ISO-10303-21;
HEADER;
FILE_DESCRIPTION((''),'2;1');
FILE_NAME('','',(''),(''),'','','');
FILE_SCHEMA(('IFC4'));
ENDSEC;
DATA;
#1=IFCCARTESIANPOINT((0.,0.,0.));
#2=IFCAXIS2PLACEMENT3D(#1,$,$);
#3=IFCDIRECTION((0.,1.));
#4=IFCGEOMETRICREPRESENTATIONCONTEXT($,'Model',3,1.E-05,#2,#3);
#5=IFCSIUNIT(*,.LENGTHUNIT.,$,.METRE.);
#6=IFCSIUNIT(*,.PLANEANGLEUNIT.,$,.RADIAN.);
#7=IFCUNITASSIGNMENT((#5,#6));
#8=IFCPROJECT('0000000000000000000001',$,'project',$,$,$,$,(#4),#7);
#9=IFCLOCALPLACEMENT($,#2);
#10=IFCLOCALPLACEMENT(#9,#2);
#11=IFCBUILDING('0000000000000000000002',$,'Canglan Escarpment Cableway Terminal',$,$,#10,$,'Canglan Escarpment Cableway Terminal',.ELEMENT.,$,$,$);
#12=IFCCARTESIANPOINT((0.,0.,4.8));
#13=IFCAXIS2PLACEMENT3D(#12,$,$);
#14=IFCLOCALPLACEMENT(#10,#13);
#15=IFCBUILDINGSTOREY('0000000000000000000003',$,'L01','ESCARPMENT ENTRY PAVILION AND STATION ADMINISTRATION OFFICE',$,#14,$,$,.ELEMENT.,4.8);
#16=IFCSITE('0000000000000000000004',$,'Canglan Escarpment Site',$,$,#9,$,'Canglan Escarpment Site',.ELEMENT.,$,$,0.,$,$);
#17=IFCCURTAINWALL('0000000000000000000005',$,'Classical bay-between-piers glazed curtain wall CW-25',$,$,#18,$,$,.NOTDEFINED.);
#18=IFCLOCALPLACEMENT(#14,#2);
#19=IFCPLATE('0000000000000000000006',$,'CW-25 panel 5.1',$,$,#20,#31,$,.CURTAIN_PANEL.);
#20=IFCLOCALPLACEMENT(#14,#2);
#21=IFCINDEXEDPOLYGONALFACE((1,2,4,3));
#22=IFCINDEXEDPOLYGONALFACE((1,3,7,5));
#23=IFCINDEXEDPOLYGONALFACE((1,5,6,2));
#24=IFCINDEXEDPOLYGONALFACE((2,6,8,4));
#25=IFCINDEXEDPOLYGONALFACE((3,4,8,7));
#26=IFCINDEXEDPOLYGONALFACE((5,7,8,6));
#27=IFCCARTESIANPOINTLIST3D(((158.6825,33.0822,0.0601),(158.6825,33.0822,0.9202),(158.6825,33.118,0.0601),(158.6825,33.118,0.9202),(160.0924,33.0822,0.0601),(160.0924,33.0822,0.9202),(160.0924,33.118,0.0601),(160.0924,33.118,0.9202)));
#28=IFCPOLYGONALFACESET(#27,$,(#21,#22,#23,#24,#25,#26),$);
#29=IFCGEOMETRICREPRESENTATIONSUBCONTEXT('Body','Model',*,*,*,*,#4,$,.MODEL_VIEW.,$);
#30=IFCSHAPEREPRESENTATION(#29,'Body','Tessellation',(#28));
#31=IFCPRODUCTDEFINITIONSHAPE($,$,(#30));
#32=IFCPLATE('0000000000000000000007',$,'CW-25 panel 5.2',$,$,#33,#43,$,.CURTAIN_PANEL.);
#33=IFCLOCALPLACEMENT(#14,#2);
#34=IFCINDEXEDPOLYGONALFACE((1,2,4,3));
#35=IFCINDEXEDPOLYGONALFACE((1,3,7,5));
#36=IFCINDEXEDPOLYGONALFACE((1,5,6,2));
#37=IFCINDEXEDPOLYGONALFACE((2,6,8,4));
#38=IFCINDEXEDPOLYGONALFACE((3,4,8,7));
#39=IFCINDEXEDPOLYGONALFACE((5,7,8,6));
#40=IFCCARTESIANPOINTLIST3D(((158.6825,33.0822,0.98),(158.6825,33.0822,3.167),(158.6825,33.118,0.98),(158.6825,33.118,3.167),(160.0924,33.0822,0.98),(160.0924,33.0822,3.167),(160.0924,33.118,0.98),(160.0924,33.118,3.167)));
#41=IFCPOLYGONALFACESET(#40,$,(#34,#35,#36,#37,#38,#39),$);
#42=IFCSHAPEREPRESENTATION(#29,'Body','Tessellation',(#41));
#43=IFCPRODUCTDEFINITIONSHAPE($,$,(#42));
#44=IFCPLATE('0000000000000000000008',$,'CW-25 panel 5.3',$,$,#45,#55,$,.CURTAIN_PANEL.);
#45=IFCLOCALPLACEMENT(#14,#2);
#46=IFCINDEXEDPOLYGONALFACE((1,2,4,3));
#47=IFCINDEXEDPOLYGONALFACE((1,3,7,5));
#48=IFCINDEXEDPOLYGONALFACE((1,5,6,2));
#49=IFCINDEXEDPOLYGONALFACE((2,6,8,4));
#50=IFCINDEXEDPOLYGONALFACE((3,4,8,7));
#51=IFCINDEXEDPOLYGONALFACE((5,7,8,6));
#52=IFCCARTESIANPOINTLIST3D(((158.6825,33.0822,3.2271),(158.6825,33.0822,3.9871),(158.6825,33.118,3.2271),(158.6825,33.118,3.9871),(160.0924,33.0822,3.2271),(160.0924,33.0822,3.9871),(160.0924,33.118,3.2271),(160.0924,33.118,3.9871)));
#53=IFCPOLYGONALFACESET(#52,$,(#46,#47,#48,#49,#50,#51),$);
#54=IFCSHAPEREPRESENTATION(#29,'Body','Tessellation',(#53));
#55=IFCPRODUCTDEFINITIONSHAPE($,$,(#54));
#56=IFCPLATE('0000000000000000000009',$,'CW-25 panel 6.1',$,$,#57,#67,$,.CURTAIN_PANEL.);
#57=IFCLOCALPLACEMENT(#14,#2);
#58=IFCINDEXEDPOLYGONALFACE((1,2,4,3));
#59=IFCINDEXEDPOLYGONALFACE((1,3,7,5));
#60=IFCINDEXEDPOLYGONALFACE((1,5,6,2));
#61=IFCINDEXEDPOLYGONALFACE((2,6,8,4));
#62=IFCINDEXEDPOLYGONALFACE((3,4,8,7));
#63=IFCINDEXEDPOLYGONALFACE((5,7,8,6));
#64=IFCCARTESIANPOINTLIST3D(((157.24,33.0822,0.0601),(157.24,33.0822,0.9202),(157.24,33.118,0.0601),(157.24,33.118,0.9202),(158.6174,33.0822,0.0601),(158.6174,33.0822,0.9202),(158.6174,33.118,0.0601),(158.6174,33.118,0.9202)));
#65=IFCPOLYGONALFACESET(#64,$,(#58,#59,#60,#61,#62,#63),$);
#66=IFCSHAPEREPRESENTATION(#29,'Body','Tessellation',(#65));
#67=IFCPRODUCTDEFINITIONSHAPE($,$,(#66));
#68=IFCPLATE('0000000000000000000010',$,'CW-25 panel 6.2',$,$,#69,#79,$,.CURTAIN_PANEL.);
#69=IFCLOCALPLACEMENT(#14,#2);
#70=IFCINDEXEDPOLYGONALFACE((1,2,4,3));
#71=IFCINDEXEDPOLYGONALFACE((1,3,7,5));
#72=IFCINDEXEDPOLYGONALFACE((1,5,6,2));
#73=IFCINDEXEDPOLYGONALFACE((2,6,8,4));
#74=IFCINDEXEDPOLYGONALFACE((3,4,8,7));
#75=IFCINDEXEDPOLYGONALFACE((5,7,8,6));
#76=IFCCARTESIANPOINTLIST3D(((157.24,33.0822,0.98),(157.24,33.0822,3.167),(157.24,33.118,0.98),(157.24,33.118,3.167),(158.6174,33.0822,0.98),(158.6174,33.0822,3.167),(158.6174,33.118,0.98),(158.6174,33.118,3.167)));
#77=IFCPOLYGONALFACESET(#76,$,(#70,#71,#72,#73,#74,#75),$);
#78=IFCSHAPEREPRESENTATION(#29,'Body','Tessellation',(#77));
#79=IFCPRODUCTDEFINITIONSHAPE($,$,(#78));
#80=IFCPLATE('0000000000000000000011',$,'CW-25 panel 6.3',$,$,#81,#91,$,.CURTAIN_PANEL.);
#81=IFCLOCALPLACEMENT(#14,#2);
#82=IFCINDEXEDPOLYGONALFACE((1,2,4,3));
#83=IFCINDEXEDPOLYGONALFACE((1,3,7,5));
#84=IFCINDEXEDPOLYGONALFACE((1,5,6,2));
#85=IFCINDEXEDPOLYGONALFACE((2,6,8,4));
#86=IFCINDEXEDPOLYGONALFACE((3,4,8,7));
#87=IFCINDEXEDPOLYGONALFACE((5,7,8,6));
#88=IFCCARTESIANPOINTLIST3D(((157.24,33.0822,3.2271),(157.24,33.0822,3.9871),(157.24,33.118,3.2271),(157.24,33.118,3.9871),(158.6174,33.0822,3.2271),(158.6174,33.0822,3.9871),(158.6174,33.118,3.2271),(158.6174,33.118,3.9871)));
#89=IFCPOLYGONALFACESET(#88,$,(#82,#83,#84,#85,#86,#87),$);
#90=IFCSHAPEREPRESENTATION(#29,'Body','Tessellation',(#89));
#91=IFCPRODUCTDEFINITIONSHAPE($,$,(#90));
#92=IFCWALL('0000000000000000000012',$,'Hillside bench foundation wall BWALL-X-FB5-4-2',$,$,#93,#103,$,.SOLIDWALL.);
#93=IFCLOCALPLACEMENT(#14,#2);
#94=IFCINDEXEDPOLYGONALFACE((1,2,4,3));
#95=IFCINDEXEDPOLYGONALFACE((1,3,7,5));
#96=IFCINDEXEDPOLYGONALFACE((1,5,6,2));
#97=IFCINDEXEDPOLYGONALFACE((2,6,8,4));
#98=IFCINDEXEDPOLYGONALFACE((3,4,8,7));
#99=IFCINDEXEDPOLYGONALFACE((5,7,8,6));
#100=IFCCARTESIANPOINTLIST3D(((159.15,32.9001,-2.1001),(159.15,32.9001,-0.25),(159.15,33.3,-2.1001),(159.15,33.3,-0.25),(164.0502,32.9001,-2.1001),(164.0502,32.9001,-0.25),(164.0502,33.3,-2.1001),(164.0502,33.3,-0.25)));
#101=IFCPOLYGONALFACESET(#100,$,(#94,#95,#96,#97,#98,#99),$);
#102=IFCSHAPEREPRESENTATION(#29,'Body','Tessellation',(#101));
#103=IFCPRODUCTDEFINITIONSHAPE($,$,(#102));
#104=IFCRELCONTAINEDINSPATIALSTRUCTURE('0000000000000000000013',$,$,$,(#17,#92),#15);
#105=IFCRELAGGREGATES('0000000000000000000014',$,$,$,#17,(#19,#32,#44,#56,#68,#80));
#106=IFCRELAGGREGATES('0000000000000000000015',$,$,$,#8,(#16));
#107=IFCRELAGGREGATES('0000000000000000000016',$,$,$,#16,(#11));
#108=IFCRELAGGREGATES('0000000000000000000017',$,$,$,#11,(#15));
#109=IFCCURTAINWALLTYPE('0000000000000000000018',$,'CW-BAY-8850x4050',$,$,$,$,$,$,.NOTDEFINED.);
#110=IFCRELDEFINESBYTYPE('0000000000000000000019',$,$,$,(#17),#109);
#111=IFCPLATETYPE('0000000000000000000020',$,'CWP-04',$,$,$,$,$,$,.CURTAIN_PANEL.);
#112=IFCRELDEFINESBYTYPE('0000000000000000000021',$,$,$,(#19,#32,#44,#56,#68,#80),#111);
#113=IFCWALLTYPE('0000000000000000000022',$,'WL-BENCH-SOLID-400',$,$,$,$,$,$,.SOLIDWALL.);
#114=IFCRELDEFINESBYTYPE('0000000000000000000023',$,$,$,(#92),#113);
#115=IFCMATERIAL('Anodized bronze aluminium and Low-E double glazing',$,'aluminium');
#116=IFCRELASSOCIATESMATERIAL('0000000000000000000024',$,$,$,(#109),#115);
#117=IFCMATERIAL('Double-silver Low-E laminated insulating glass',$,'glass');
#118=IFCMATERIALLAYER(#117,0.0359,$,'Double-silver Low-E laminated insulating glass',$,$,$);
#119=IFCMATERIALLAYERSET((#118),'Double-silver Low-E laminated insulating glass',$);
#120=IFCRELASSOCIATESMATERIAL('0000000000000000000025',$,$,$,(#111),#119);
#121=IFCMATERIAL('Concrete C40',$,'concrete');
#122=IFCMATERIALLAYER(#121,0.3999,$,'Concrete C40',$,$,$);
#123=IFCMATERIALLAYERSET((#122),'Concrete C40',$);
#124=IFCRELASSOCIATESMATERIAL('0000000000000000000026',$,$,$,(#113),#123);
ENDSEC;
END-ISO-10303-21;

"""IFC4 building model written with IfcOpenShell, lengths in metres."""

from ifc_helpers import new_model, si_unit, direction, frame, frame_2d, origin, origin_2d, place, context, subcontext, project, spatial, rectangle, extrude, material, layer, layer_set, type_object, element, aggregate, save


model = new_model("IFC4")

# Units and contexts
model_context = context("Model", 3, precision=1e-05, world=origin(), true_north=direction((0.0, 1.0)))
body_context = subcontext(model_context, "Body", "Model", "MODEL_VIEW")
ifc_project = project(units=[si_unit("LENGTHUNIT", "METRE"), si_unit("PLANEANGLEUNIT", "RADIAN")], contexts=[model_context])

# Site, building, storey
site_placement = place(None, origin())
site = spatial("IfcSite", under=ifc_project, at=site_placement, Name="Canglan Escarpment Site", LongName="Canglan Escarpment Site", CompositionType="ELEMENT", RefElevation=0.0)
building_placement = place(site_placement, origin())
building = spatial("IfcBuilding", under=site, at=building_placement, Name="Canglan Escarpment Cableway Terminal", LongName="Canglan Escarpment Cableway Terminal", CompositionType="ELEMENT")
storey_placement = place(building_placement, frame((0.0, 0.0, 4.8)))
storey = spatial("IfcBuildingStorey", under=building, at=storey_placement, Name="L01", Description="ESCARPMENT ENTRY PAVILION AND STATION ADMINISTRATION OFFICE", CompositionType="ELEMENT", Elevation=4.8)

# Shared definitions
ifc_material_1 = material(Name="Concrete C40", Category="concrete")

# Curtain wall, plates
ifc_material_2 = material(Name="Anodized bronze aluminium and Low-E double glazing", Category="aluminium")
curtain_wall_type = type_object("IfcCurtainWallType", Name="CW-BAY-8850x4050", PredefinedType="NOTDEFINED", material=ifc_material_2)
curtain_wall_placement = place(storey_placement, origin())
curtain_wall = element("IfcCurtainWall", 1, at=curtain_wall_placement, inside=storey, type_object=curtain_wall_type, Name="Classical bay-between-piers glazed curtain wall CW-25", PredefinedType="NOTDEFINED")
ifc_material_3 = material(Name="Double-silver Low-E laminated insulating glass", Category="glass")
ifc_layer_1 = layer(ifc_material_3, 0.0359, Name="Double-silver Low-E laminated insulating glass")
ifc_layer_set_1 = layer_set([ifc_layer_1], Name="Double-silver Low-E laminated insulating glass")
plate_type = type_object("IfcPlateType", Name="CWP-04", PredefinedType="CURTAIN_PANEL", material=ifc_layer_set_1)
plate_1_placement = place(storey_placement, frame((159.3875, 33.1001, 0.0601), z_axis=(0.0, 0.0, 1.0), x_axis=(-1.0, 0.0, 0.0)))
plate_1 = element("IfcPlate", 2, at=plate_1_placement, type_object=plate_type, Name="CW-25 panel 5.1", PredefinedType="CURTAIN_PANEL", context=body_context, shape_type="SweptSolid", body=[
    extrude(rectangle(XDim=1.4099, YDim=0.0359, at=origin_2d()), origin(), (0.0, 0.0, 1.0), 0.8601),
])
plate_2_placement = place(storey_placement, frame((159.3875, 33.1001, 0.98), z_axis=(0.0, 0.0, 1.0), x_axis=(-1.0, 0.0, 0.0)))
plate_2 = element("IfcPlate", 3, at=plate_2_placement, type_object=plate_type, Name="CW-25 panel 5.2", PredefinedType="CURTAIN_PANEL", context=body_context, shape_type="SweptSolid", body=[
    extrude(rectangle(XDim=1.4099, YDim=0.0359, at=origin_2d()), origin(), (0.0, 0.0, 1.0), 2.187),
])
plate_3_placement = place(storey_placement, frame((159.3875, 33.1001, 3.2271), z_axis=(0.0, 0.0, 1.0), x_axis=(-1.0, 0.0, 0.0)))
plate_3 = element("IfcPlate", 4, at=plate_3_placement, type_object=plate_type, Name="CW-25 panel 5.3", PredefinedType="CURTAIN_PANEL", context=body_context, shape_type="SweptSolid", body=[
    extrude(rectangle(XDim=1.4099, YDim=0.0359, at=origin_2d()), origin(), (0.0, 0.0, 1.0), 0.76),
])
plate_4_placement = place(storey_placement, frame((157.9287, 33.1001, 0.0601), z_axis=(0.0, 0.0, 1.0), x_axis=(-1.0, 0.0, 0.0)))
plate_4 = element("IfcPlate", 5, at=plate_4_placement, type_object=plate_type, Name="CW-25 panel 6.1", PredefinedType="CURTAIN_PANEL", context=body_context, shape_type="SweptSolid", body=[
    extrude(rectangle(XDim=1.3774, YDim=0.0359, at=origin_2d()), origin(), (0.0, 0.0, 1.0), 0.8601),
])
plate_5_placement = place(storey_placement, frame((157.9287, 33.1001, 0.98), z_axis=(0.0, 0.0, 1.0), x_axis=(-1.0, 0.0, 0.0)))
plate_5 = element("IfcPlate", 6, at=plate_5_placement, type_object=plate_type, Name="CW-25 panel 6.2", PredefinedType="CURTAIN_PANEL", context=body_context, shape_type="SweptSolid", body=[
    extrude(rectangle(XDim=1.3774, YDim=0.0359, at=origin_2d()), origin(), (0.0, 0.0, 1.0), 2.187),
])
plate_6_placement = place(storey_placement, frame((157.9287, 33.1001, 3.2271), z_axis=(0.0, 0.0, 1.0), x_axis=(-1.0, 0.0, 0.0)))
plate_6 = element("IfcPlate", 7, at=plate_6_placement, type_object=plate_type, Name="CW-25 panel 6.3", PredefinedType="CURTAIN_PANEL", context=body_context, shape_type="SweptSolid", body=[
    extrude(rectangle(XDim=1.3774, YDim=0.0359, at=origin_2d()), origin(), (0.0, 0.0, 1.0), 0.76),
])
aggregate(curtain_wall, [plate_1, plate_2, plate_3, plate_4, plate_5, plate_6])

# Wall
ifc_layer_2 = layer(ifc_material_1, 0.3999, Name="Concrete C40")
ifc_layer_set_2 = layer_set([ifc_layer_2], Name="Concrete C40")
wall_type = type_object("IfcWallType", Name="WL-BENCH-SOLID-400", PredefinedType="SOLIDWALL", material=ifc_layer_set_2)
wall_placement = place(storey_placement, frame((159.1499, 33.1001, -2.1001), z_axis=(0.0, 0.0, 1.0), x_axis=(1.0, 0.0, 0.0)))
element("IfcWall", 8, at=wall_placement, inside=storey, type_object=wall_type, Name="Hillside bench foundation wall BWALL-X-FB5-4-2", PredefinedType="SOLIDWALL", context=body_context, shape_type="SweptSolid", body=[
    extrude(rectangle(XDim=4.9001, YDim=0.3999, at=frame_2d((2.4502, 0.0))), origin(), (0.0, 0.0, 1.0), 1.8501),
])

save(model, "model.ifc")
